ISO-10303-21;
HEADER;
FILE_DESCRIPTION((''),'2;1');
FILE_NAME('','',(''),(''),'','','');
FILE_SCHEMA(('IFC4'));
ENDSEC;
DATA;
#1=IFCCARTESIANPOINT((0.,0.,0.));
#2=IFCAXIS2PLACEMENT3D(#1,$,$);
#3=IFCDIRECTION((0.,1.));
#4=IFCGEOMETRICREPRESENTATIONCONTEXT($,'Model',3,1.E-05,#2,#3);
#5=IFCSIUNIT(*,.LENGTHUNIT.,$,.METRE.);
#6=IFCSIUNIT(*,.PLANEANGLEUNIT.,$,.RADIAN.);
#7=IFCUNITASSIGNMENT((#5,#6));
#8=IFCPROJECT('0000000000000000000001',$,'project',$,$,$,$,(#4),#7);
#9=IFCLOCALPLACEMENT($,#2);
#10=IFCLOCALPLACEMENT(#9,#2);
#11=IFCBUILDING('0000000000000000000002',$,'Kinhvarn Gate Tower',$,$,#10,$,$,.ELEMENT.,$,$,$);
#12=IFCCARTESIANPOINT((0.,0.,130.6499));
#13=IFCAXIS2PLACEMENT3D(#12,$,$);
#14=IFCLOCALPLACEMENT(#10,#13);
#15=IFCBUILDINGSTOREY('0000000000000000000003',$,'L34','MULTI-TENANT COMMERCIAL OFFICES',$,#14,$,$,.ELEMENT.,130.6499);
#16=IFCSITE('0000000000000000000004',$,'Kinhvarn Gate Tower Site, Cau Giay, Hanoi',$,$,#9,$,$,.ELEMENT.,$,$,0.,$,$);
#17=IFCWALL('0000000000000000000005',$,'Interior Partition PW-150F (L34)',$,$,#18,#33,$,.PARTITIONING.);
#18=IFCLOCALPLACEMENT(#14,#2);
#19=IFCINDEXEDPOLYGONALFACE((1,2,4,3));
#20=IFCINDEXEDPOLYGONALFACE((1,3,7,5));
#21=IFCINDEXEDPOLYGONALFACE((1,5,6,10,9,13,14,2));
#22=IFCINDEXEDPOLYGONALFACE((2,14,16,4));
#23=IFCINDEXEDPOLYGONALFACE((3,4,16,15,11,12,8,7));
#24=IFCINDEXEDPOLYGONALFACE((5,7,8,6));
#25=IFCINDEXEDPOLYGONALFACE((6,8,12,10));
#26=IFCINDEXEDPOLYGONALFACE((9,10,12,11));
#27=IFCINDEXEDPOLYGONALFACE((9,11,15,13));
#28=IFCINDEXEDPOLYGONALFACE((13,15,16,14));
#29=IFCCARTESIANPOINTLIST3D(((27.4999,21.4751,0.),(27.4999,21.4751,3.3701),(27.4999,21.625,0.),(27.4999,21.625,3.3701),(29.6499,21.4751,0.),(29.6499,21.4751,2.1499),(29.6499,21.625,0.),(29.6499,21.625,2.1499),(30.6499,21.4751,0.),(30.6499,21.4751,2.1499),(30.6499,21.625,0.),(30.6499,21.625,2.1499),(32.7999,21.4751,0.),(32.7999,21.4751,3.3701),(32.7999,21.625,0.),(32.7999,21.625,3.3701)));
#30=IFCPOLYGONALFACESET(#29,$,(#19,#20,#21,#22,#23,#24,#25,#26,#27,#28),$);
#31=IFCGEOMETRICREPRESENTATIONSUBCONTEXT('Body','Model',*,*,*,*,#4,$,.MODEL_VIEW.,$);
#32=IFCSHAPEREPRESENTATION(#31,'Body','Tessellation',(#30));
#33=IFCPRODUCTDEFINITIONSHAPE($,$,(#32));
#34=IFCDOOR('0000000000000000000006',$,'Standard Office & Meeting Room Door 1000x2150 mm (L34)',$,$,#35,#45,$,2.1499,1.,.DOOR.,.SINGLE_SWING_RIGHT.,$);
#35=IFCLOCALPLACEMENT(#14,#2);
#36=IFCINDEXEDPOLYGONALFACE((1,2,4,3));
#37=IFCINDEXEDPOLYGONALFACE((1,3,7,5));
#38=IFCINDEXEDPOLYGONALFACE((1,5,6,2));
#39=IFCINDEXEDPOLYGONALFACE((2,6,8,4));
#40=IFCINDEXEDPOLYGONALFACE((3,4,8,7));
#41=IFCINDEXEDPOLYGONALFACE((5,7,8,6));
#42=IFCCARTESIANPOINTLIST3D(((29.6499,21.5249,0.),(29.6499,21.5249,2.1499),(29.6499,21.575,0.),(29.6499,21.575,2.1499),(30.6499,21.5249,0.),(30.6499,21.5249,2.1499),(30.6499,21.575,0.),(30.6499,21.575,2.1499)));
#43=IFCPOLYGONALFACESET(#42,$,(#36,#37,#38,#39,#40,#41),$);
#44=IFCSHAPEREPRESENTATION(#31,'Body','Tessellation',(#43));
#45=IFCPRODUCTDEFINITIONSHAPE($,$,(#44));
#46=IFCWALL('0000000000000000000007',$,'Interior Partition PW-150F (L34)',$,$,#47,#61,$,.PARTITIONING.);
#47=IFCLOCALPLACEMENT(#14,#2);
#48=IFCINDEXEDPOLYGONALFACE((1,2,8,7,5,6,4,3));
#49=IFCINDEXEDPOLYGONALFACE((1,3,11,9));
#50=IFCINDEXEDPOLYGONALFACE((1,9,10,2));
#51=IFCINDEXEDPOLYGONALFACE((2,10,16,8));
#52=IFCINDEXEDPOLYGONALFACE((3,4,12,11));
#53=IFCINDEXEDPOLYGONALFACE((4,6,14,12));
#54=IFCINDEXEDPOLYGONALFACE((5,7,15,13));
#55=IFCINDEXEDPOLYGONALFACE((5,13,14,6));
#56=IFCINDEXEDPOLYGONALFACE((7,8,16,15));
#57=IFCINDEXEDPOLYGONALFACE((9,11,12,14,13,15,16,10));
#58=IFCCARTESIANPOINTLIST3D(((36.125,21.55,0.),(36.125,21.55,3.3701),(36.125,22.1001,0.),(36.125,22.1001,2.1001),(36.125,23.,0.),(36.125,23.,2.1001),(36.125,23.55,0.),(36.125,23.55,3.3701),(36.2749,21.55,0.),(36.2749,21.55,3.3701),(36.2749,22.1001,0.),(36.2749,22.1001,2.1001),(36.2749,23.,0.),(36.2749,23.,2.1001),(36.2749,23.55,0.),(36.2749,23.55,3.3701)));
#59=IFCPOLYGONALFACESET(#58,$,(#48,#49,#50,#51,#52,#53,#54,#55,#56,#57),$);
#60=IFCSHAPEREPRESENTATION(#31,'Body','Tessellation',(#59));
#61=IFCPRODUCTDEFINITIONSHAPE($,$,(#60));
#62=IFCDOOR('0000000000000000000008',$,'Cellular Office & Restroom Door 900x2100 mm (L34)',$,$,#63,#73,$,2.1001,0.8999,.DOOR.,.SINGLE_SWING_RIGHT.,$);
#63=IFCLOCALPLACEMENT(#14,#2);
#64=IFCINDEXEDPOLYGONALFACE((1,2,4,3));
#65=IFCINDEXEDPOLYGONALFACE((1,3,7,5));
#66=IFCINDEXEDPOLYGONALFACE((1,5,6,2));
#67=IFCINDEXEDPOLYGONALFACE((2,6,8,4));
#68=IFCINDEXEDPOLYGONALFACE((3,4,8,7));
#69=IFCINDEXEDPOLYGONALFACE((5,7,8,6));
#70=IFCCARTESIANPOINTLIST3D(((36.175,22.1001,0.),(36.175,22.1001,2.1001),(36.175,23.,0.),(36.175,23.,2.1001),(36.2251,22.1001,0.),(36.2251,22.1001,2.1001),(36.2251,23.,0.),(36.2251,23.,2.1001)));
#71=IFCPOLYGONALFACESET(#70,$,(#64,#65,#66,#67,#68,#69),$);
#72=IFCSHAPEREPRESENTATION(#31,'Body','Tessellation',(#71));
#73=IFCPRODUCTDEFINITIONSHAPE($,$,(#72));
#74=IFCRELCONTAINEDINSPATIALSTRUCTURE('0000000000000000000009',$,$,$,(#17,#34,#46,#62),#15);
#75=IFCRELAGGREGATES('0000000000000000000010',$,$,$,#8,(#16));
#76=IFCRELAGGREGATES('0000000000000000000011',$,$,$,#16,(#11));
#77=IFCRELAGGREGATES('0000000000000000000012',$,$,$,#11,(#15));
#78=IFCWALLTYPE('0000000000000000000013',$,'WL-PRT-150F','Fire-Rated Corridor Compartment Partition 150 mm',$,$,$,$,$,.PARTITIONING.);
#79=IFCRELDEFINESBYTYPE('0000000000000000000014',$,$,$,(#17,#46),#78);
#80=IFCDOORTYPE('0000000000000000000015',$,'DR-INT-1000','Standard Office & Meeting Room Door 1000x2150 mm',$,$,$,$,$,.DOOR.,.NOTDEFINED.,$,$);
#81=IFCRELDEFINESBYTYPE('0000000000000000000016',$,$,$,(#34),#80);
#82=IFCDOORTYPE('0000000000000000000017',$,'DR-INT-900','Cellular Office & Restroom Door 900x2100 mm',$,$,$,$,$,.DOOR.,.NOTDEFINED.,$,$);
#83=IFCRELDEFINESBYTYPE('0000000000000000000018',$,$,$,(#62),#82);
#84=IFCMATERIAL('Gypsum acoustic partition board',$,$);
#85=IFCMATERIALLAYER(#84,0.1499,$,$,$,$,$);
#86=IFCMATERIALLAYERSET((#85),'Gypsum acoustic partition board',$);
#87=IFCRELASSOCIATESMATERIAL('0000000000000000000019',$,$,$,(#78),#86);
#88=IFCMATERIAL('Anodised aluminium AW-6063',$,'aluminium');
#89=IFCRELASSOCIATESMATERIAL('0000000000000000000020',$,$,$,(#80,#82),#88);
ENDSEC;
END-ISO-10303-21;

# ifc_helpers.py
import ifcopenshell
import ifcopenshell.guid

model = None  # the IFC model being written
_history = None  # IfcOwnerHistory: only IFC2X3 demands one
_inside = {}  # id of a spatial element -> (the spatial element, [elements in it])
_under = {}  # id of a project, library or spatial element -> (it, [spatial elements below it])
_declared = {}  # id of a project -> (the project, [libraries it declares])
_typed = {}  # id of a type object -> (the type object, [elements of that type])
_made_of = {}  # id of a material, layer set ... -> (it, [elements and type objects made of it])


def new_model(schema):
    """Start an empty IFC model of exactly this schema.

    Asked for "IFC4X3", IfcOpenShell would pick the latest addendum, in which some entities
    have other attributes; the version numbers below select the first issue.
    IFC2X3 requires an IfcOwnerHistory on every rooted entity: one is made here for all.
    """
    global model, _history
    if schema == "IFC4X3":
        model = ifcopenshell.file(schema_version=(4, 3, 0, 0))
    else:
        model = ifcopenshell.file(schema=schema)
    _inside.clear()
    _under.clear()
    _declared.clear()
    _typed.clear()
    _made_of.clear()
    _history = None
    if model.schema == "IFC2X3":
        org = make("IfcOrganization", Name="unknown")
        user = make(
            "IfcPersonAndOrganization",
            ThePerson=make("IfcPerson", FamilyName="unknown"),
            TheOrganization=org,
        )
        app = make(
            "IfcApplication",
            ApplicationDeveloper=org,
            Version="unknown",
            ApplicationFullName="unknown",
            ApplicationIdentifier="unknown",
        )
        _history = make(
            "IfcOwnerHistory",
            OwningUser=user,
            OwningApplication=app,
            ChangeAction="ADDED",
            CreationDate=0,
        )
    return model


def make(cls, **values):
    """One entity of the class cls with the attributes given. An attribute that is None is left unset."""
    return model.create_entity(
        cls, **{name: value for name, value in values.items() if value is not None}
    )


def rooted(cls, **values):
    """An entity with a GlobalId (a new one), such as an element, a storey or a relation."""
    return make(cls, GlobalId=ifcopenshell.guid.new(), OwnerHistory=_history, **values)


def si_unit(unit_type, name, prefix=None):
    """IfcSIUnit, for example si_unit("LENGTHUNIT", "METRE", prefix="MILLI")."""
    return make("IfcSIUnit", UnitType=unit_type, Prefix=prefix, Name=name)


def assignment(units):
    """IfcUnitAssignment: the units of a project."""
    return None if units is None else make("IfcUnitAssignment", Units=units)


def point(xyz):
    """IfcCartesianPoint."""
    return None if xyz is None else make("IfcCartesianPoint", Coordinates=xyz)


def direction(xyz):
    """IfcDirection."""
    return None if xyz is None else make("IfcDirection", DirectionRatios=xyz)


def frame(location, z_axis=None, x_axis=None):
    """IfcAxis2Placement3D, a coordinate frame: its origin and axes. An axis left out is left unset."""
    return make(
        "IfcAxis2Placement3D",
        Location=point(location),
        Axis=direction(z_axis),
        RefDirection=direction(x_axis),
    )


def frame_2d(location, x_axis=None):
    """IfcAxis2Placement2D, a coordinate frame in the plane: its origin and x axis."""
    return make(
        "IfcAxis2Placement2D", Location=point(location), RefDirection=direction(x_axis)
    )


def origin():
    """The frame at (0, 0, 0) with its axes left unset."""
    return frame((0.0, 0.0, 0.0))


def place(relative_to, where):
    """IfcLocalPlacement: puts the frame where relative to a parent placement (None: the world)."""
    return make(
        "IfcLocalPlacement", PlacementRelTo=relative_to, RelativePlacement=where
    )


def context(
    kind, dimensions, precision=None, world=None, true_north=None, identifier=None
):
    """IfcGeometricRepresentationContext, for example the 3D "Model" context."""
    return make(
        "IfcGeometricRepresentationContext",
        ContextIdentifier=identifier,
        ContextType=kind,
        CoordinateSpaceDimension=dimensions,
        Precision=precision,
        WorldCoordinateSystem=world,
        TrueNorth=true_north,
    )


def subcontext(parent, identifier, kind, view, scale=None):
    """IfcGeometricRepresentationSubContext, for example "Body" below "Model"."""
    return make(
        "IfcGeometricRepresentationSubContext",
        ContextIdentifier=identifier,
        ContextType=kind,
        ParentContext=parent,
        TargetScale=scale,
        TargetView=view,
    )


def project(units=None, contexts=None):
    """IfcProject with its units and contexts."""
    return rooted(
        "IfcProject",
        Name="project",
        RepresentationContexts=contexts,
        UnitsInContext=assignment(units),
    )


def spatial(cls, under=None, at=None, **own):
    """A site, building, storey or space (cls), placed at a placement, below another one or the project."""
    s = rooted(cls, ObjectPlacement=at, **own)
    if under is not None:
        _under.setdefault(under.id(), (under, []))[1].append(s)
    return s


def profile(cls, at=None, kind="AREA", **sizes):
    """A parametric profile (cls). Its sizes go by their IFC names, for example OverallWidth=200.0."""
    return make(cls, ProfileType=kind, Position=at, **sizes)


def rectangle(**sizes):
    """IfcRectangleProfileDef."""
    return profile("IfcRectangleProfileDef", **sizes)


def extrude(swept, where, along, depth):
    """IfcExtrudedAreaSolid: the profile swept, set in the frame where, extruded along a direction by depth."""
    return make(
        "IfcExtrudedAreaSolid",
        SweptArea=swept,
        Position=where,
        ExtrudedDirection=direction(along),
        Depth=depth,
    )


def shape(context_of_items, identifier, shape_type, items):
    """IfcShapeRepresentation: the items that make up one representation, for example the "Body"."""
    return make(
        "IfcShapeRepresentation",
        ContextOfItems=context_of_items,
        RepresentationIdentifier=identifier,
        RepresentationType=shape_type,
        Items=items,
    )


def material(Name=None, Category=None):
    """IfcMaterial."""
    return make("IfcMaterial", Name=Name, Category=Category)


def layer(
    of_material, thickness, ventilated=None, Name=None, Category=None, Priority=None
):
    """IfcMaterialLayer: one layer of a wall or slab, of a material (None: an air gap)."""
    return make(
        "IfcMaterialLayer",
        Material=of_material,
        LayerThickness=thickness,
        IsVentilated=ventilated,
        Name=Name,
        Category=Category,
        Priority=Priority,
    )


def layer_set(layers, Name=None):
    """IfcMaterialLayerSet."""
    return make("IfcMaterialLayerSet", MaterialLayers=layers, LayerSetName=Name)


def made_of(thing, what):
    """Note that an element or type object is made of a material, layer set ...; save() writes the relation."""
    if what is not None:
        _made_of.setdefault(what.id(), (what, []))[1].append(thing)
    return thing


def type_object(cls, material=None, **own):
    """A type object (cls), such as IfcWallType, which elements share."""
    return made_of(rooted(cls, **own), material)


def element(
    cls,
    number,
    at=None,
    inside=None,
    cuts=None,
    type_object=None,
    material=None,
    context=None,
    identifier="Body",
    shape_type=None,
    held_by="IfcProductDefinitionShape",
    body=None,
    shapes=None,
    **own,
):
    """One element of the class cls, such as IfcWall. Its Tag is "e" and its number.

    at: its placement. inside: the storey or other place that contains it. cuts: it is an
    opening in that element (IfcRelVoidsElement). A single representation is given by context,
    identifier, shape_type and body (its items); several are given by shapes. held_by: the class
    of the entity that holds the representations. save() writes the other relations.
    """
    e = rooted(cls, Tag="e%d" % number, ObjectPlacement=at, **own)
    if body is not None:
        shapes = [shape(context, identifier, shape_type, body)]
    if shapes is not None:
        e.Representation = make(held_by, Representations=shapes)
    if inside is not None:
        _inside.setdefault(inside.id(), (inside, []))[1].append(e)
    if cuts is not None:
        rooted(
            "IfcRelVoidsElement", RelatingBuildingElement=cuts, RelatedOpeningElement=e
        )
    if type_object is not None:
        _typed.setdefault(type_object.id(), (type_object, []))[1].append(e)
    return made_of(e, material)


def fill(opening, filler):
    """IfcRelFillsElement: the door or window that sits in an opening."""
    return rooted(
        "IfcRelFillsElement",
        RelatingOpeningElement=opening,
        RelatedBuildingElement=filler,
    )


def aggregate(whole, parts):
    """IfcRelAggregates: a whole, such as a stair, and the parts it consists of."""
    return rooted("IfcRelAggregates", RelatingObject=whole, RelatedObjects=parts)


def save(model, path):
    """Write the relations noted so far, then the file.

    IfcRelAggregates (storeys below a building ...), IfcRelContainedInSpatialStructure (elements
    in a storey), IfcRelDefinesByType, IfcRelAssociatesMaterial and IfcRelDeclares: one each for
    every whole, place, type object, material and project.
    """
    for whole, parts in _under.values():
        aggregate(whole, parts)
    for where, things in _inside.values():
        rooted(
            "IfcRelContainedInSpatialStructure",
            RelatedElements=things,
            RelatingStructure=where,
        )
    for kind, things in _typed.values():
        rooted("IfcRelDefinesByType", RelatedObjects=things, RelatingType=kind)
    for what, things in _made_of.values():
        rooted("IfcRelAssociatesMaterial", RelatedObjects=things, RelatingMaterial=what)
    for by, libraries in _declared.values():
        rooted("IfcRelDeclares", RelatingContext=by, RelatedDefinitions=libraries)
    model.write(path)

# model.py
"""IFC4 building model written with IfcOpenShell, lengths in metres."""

from ifc_helpers import new_model, si_unit, direction, frame, frame_2d, origin, place, context, subcontext, project, spatial, rectangle, extrude, material, layer, layer_set, type_object, element, fill, save


model = new_model("IFC4")

# Units and contexts
model_context = context("Model", 3, precision=1e-05, world=origin(), true_north=direction((0.0, 1.0)))
body_context = subcontext(model_context, "Body", "Model", "MODEL_VIEW")
ifc_project = project(units=[si_unit("LENGTHUNIT", "METRE"), si_unit("PLANEANGLEUNIT", "RADIAN")], contexts=[model_context])

# Site, building, storey
site_placement = place(None, origin())
site = spatial("IfcSite", under=ifc_project, at=site_placement, Name="Kinhvarn Gate Tower Site, Cau Giay, Hanoi", CompositionType="ELEMENT", RefElevation=0.0)
building_placement = place(site_placement, origin())
building = spatial("IfcBuilding", under=site, at=building_placement, Name="Kinhvarn Gate Tower", CompositionType="ELEMENT")
storey_placement = place(building_placement, frame((0.0, 0.0, 130.6499)))
storey = spatial("IfcBuildingStorey", under=building, at=storey_placement, Name="L34", Description="MULTI-TENANT COMMERCIAL OFFICES", CompositionType="ELEMENT", Elevation=130.6499)

# Shared definitions
ifc_material_1 = material(Name="Gypsum acoustic partition board")

# Walls, openings, doors
ifc_layer_1 = layer(ifc_material_1, 0.1499)
ifc_layer_set_1 = layer_set([ifc_layer_1], Name="Gypsum acoustic partition board")
wall_type_1 = type_object("IfcWallType", Name="WL-PRT-150F", Description="Fire-Rated Corridor Compartment Partition 150 mm", PredefinedType="PARTITIONING", material=ifc_layer_set_1)
wall_1_placement = place(storey_placement, frame((27.5, 21.55, 0.0), z_axis=(0.0, 0.0, 1.0), x_axis=(1.0, 0.0, 0.0)))
wall_1 = element("IfcWall", 1, at=wall_1_placement, inside=storey, type_object=wall_type_1, Name="Interior Partition PW-150F (L34)", PredefinedType="PARTITIONING", context=body_context, shape_type="SweptSolid", body=[
    extrude(rectangle(XDim=5.3, YDim=0.1499, at=frame_2d((2.6499, 0.0))), origin(), (0.0, 0.0, 1.0), 3.3701),
])
opening_1_placement = place(wall_1_placement, frame((2.1499, 0.0, 0.0)))
opening_1 = element("IfcOpeningElement", 2, at=opening_1_placement, cuts=wall_1, PredefinedType="OPENING", context=body_context, shape_type="SweptSolid", body=[
    extrude(rectangle(XDim=1.0, YDim=2.1499, at=frame_2d((0.5, 1.075))), frame((0.0, 0.085, 0.0), z_axis=(0.0, -1.0, 0.0), x_axis=(1.0, 0.0, 0.0)), (0.0, 0.0, 1.0), 0.1699),
])
ifc_material_2 = material(Name="Anodised aluminium AW-6063", Category="aluminium")
door_type_1 = type_object("IfcDoorType", Name="DR-INT-1000", Description="Standard Office & Meeting Room Door 1000x2150 mm", OperationType="NOTDEFINED", PredefinedType="DOOR", material=ifc_material_2)
door_1_placement = place(opening_1_placement, origin())
door_1 = element("IfcDoor", 3, at=door_1_placement, inside=storey, type_object=door_type_1, Name="Standard Office & Meeting Room Door 1000x2150 mm (L34)", OperationType="SINGLE_SWING_RIGHT", OverallHeight=2.1499, OverallWidth=1.0, PredefinedType="DOOR", context=body_context, shape_type="SweptSolid", body=[
    extrude(rectangle(XDim=1.0, YDim=2.1499, at=frame_2d((0.5, 1.075))), frame((0.0, 0.0249, 0.0), z_axis=(0.0, -1.0, 0.0), x_axis=(1.0, 0.0, 0.0)), (0.0, 0.0, 1.0), 0.05),
])
fill(opening_1, door_1)
wall_2_placement = place(storey_placement, frame((36.2, 21.55, 0.0), z_axis=(0.0, 0.0, 1.0), x_axis=(0.0, 1.0, 0.0)))
wall_2 = element("IfcWall", 4, at=wall_2_placement, inside=storey, type_object=wall_type_1, Name="Interior Partition PW-150F (L34)", PredefinedType="PARTITIONING", context=body_context, shape_type="SweptSolid", body=[
    extrude(rectangle(XDim=2.0, YDim=0.1499, at=frame_2d((1.0, 0.0))), origin(), (0.0, 0.0, 1.0), 3.3701),
])
opening_2_placement = place(wall_2_placement, frame((0.55, 0.0, 0.0)))
opening_2 = element("IfcOpeningElement", 5, at=opening_2_placement, cuts=wall_2, PredefinedType="OPENING", context=body_context, shape_type="SweptSolid", body=[
    extrude(rectangle(XDim=0.8999, YDim=2.1001, at=frame_2d((0.45, 1.05))), frame((0.0, 0.085, 0.0), z_axis=(0.0, -1.0, 0.0), x_axis=(1.0, 0.0, 0.0)), (0.0, 0.0, 1.0), 0.1699),
])
door_type_2 = type_object("IfcDoorType", Name="DR-INT-900", Description="Cellular Office & Restroom Door 900x2100 mm", OperationType="NOTDEFINED", PredefinedType="DOOR", material=ifc_material_2)
door_2_placement = place(opening_2_placement, origin())
door_2 = element("IfcDoor", 6, at=door_2_placement, inside=storey, type_object=door_type_2, Name="Cellular Office & Restroom Door 900x2100 mm (L34)", OperationType="SINGLE_SWING_RIGHT", OverallHeight=2.1001, OverallWidth=0.8999, PredefinedType="DOOR", context=body_context, shape_type="SweptSolid", body=[
    extrude(rectangle(XDim=0.8999, YDim=2.1001, at=frame_2d((0.45, 1.05))), frame((0.0, 0.0249, 0.0), z_axis=(0.0, -1.0, 0.0), x_axis=(1.0, 0.0, 0.0)), (0.0, 0.0, 1.0), 0.05),
])
fill(opening_2, door_2)

save(model, "model.ifc")
